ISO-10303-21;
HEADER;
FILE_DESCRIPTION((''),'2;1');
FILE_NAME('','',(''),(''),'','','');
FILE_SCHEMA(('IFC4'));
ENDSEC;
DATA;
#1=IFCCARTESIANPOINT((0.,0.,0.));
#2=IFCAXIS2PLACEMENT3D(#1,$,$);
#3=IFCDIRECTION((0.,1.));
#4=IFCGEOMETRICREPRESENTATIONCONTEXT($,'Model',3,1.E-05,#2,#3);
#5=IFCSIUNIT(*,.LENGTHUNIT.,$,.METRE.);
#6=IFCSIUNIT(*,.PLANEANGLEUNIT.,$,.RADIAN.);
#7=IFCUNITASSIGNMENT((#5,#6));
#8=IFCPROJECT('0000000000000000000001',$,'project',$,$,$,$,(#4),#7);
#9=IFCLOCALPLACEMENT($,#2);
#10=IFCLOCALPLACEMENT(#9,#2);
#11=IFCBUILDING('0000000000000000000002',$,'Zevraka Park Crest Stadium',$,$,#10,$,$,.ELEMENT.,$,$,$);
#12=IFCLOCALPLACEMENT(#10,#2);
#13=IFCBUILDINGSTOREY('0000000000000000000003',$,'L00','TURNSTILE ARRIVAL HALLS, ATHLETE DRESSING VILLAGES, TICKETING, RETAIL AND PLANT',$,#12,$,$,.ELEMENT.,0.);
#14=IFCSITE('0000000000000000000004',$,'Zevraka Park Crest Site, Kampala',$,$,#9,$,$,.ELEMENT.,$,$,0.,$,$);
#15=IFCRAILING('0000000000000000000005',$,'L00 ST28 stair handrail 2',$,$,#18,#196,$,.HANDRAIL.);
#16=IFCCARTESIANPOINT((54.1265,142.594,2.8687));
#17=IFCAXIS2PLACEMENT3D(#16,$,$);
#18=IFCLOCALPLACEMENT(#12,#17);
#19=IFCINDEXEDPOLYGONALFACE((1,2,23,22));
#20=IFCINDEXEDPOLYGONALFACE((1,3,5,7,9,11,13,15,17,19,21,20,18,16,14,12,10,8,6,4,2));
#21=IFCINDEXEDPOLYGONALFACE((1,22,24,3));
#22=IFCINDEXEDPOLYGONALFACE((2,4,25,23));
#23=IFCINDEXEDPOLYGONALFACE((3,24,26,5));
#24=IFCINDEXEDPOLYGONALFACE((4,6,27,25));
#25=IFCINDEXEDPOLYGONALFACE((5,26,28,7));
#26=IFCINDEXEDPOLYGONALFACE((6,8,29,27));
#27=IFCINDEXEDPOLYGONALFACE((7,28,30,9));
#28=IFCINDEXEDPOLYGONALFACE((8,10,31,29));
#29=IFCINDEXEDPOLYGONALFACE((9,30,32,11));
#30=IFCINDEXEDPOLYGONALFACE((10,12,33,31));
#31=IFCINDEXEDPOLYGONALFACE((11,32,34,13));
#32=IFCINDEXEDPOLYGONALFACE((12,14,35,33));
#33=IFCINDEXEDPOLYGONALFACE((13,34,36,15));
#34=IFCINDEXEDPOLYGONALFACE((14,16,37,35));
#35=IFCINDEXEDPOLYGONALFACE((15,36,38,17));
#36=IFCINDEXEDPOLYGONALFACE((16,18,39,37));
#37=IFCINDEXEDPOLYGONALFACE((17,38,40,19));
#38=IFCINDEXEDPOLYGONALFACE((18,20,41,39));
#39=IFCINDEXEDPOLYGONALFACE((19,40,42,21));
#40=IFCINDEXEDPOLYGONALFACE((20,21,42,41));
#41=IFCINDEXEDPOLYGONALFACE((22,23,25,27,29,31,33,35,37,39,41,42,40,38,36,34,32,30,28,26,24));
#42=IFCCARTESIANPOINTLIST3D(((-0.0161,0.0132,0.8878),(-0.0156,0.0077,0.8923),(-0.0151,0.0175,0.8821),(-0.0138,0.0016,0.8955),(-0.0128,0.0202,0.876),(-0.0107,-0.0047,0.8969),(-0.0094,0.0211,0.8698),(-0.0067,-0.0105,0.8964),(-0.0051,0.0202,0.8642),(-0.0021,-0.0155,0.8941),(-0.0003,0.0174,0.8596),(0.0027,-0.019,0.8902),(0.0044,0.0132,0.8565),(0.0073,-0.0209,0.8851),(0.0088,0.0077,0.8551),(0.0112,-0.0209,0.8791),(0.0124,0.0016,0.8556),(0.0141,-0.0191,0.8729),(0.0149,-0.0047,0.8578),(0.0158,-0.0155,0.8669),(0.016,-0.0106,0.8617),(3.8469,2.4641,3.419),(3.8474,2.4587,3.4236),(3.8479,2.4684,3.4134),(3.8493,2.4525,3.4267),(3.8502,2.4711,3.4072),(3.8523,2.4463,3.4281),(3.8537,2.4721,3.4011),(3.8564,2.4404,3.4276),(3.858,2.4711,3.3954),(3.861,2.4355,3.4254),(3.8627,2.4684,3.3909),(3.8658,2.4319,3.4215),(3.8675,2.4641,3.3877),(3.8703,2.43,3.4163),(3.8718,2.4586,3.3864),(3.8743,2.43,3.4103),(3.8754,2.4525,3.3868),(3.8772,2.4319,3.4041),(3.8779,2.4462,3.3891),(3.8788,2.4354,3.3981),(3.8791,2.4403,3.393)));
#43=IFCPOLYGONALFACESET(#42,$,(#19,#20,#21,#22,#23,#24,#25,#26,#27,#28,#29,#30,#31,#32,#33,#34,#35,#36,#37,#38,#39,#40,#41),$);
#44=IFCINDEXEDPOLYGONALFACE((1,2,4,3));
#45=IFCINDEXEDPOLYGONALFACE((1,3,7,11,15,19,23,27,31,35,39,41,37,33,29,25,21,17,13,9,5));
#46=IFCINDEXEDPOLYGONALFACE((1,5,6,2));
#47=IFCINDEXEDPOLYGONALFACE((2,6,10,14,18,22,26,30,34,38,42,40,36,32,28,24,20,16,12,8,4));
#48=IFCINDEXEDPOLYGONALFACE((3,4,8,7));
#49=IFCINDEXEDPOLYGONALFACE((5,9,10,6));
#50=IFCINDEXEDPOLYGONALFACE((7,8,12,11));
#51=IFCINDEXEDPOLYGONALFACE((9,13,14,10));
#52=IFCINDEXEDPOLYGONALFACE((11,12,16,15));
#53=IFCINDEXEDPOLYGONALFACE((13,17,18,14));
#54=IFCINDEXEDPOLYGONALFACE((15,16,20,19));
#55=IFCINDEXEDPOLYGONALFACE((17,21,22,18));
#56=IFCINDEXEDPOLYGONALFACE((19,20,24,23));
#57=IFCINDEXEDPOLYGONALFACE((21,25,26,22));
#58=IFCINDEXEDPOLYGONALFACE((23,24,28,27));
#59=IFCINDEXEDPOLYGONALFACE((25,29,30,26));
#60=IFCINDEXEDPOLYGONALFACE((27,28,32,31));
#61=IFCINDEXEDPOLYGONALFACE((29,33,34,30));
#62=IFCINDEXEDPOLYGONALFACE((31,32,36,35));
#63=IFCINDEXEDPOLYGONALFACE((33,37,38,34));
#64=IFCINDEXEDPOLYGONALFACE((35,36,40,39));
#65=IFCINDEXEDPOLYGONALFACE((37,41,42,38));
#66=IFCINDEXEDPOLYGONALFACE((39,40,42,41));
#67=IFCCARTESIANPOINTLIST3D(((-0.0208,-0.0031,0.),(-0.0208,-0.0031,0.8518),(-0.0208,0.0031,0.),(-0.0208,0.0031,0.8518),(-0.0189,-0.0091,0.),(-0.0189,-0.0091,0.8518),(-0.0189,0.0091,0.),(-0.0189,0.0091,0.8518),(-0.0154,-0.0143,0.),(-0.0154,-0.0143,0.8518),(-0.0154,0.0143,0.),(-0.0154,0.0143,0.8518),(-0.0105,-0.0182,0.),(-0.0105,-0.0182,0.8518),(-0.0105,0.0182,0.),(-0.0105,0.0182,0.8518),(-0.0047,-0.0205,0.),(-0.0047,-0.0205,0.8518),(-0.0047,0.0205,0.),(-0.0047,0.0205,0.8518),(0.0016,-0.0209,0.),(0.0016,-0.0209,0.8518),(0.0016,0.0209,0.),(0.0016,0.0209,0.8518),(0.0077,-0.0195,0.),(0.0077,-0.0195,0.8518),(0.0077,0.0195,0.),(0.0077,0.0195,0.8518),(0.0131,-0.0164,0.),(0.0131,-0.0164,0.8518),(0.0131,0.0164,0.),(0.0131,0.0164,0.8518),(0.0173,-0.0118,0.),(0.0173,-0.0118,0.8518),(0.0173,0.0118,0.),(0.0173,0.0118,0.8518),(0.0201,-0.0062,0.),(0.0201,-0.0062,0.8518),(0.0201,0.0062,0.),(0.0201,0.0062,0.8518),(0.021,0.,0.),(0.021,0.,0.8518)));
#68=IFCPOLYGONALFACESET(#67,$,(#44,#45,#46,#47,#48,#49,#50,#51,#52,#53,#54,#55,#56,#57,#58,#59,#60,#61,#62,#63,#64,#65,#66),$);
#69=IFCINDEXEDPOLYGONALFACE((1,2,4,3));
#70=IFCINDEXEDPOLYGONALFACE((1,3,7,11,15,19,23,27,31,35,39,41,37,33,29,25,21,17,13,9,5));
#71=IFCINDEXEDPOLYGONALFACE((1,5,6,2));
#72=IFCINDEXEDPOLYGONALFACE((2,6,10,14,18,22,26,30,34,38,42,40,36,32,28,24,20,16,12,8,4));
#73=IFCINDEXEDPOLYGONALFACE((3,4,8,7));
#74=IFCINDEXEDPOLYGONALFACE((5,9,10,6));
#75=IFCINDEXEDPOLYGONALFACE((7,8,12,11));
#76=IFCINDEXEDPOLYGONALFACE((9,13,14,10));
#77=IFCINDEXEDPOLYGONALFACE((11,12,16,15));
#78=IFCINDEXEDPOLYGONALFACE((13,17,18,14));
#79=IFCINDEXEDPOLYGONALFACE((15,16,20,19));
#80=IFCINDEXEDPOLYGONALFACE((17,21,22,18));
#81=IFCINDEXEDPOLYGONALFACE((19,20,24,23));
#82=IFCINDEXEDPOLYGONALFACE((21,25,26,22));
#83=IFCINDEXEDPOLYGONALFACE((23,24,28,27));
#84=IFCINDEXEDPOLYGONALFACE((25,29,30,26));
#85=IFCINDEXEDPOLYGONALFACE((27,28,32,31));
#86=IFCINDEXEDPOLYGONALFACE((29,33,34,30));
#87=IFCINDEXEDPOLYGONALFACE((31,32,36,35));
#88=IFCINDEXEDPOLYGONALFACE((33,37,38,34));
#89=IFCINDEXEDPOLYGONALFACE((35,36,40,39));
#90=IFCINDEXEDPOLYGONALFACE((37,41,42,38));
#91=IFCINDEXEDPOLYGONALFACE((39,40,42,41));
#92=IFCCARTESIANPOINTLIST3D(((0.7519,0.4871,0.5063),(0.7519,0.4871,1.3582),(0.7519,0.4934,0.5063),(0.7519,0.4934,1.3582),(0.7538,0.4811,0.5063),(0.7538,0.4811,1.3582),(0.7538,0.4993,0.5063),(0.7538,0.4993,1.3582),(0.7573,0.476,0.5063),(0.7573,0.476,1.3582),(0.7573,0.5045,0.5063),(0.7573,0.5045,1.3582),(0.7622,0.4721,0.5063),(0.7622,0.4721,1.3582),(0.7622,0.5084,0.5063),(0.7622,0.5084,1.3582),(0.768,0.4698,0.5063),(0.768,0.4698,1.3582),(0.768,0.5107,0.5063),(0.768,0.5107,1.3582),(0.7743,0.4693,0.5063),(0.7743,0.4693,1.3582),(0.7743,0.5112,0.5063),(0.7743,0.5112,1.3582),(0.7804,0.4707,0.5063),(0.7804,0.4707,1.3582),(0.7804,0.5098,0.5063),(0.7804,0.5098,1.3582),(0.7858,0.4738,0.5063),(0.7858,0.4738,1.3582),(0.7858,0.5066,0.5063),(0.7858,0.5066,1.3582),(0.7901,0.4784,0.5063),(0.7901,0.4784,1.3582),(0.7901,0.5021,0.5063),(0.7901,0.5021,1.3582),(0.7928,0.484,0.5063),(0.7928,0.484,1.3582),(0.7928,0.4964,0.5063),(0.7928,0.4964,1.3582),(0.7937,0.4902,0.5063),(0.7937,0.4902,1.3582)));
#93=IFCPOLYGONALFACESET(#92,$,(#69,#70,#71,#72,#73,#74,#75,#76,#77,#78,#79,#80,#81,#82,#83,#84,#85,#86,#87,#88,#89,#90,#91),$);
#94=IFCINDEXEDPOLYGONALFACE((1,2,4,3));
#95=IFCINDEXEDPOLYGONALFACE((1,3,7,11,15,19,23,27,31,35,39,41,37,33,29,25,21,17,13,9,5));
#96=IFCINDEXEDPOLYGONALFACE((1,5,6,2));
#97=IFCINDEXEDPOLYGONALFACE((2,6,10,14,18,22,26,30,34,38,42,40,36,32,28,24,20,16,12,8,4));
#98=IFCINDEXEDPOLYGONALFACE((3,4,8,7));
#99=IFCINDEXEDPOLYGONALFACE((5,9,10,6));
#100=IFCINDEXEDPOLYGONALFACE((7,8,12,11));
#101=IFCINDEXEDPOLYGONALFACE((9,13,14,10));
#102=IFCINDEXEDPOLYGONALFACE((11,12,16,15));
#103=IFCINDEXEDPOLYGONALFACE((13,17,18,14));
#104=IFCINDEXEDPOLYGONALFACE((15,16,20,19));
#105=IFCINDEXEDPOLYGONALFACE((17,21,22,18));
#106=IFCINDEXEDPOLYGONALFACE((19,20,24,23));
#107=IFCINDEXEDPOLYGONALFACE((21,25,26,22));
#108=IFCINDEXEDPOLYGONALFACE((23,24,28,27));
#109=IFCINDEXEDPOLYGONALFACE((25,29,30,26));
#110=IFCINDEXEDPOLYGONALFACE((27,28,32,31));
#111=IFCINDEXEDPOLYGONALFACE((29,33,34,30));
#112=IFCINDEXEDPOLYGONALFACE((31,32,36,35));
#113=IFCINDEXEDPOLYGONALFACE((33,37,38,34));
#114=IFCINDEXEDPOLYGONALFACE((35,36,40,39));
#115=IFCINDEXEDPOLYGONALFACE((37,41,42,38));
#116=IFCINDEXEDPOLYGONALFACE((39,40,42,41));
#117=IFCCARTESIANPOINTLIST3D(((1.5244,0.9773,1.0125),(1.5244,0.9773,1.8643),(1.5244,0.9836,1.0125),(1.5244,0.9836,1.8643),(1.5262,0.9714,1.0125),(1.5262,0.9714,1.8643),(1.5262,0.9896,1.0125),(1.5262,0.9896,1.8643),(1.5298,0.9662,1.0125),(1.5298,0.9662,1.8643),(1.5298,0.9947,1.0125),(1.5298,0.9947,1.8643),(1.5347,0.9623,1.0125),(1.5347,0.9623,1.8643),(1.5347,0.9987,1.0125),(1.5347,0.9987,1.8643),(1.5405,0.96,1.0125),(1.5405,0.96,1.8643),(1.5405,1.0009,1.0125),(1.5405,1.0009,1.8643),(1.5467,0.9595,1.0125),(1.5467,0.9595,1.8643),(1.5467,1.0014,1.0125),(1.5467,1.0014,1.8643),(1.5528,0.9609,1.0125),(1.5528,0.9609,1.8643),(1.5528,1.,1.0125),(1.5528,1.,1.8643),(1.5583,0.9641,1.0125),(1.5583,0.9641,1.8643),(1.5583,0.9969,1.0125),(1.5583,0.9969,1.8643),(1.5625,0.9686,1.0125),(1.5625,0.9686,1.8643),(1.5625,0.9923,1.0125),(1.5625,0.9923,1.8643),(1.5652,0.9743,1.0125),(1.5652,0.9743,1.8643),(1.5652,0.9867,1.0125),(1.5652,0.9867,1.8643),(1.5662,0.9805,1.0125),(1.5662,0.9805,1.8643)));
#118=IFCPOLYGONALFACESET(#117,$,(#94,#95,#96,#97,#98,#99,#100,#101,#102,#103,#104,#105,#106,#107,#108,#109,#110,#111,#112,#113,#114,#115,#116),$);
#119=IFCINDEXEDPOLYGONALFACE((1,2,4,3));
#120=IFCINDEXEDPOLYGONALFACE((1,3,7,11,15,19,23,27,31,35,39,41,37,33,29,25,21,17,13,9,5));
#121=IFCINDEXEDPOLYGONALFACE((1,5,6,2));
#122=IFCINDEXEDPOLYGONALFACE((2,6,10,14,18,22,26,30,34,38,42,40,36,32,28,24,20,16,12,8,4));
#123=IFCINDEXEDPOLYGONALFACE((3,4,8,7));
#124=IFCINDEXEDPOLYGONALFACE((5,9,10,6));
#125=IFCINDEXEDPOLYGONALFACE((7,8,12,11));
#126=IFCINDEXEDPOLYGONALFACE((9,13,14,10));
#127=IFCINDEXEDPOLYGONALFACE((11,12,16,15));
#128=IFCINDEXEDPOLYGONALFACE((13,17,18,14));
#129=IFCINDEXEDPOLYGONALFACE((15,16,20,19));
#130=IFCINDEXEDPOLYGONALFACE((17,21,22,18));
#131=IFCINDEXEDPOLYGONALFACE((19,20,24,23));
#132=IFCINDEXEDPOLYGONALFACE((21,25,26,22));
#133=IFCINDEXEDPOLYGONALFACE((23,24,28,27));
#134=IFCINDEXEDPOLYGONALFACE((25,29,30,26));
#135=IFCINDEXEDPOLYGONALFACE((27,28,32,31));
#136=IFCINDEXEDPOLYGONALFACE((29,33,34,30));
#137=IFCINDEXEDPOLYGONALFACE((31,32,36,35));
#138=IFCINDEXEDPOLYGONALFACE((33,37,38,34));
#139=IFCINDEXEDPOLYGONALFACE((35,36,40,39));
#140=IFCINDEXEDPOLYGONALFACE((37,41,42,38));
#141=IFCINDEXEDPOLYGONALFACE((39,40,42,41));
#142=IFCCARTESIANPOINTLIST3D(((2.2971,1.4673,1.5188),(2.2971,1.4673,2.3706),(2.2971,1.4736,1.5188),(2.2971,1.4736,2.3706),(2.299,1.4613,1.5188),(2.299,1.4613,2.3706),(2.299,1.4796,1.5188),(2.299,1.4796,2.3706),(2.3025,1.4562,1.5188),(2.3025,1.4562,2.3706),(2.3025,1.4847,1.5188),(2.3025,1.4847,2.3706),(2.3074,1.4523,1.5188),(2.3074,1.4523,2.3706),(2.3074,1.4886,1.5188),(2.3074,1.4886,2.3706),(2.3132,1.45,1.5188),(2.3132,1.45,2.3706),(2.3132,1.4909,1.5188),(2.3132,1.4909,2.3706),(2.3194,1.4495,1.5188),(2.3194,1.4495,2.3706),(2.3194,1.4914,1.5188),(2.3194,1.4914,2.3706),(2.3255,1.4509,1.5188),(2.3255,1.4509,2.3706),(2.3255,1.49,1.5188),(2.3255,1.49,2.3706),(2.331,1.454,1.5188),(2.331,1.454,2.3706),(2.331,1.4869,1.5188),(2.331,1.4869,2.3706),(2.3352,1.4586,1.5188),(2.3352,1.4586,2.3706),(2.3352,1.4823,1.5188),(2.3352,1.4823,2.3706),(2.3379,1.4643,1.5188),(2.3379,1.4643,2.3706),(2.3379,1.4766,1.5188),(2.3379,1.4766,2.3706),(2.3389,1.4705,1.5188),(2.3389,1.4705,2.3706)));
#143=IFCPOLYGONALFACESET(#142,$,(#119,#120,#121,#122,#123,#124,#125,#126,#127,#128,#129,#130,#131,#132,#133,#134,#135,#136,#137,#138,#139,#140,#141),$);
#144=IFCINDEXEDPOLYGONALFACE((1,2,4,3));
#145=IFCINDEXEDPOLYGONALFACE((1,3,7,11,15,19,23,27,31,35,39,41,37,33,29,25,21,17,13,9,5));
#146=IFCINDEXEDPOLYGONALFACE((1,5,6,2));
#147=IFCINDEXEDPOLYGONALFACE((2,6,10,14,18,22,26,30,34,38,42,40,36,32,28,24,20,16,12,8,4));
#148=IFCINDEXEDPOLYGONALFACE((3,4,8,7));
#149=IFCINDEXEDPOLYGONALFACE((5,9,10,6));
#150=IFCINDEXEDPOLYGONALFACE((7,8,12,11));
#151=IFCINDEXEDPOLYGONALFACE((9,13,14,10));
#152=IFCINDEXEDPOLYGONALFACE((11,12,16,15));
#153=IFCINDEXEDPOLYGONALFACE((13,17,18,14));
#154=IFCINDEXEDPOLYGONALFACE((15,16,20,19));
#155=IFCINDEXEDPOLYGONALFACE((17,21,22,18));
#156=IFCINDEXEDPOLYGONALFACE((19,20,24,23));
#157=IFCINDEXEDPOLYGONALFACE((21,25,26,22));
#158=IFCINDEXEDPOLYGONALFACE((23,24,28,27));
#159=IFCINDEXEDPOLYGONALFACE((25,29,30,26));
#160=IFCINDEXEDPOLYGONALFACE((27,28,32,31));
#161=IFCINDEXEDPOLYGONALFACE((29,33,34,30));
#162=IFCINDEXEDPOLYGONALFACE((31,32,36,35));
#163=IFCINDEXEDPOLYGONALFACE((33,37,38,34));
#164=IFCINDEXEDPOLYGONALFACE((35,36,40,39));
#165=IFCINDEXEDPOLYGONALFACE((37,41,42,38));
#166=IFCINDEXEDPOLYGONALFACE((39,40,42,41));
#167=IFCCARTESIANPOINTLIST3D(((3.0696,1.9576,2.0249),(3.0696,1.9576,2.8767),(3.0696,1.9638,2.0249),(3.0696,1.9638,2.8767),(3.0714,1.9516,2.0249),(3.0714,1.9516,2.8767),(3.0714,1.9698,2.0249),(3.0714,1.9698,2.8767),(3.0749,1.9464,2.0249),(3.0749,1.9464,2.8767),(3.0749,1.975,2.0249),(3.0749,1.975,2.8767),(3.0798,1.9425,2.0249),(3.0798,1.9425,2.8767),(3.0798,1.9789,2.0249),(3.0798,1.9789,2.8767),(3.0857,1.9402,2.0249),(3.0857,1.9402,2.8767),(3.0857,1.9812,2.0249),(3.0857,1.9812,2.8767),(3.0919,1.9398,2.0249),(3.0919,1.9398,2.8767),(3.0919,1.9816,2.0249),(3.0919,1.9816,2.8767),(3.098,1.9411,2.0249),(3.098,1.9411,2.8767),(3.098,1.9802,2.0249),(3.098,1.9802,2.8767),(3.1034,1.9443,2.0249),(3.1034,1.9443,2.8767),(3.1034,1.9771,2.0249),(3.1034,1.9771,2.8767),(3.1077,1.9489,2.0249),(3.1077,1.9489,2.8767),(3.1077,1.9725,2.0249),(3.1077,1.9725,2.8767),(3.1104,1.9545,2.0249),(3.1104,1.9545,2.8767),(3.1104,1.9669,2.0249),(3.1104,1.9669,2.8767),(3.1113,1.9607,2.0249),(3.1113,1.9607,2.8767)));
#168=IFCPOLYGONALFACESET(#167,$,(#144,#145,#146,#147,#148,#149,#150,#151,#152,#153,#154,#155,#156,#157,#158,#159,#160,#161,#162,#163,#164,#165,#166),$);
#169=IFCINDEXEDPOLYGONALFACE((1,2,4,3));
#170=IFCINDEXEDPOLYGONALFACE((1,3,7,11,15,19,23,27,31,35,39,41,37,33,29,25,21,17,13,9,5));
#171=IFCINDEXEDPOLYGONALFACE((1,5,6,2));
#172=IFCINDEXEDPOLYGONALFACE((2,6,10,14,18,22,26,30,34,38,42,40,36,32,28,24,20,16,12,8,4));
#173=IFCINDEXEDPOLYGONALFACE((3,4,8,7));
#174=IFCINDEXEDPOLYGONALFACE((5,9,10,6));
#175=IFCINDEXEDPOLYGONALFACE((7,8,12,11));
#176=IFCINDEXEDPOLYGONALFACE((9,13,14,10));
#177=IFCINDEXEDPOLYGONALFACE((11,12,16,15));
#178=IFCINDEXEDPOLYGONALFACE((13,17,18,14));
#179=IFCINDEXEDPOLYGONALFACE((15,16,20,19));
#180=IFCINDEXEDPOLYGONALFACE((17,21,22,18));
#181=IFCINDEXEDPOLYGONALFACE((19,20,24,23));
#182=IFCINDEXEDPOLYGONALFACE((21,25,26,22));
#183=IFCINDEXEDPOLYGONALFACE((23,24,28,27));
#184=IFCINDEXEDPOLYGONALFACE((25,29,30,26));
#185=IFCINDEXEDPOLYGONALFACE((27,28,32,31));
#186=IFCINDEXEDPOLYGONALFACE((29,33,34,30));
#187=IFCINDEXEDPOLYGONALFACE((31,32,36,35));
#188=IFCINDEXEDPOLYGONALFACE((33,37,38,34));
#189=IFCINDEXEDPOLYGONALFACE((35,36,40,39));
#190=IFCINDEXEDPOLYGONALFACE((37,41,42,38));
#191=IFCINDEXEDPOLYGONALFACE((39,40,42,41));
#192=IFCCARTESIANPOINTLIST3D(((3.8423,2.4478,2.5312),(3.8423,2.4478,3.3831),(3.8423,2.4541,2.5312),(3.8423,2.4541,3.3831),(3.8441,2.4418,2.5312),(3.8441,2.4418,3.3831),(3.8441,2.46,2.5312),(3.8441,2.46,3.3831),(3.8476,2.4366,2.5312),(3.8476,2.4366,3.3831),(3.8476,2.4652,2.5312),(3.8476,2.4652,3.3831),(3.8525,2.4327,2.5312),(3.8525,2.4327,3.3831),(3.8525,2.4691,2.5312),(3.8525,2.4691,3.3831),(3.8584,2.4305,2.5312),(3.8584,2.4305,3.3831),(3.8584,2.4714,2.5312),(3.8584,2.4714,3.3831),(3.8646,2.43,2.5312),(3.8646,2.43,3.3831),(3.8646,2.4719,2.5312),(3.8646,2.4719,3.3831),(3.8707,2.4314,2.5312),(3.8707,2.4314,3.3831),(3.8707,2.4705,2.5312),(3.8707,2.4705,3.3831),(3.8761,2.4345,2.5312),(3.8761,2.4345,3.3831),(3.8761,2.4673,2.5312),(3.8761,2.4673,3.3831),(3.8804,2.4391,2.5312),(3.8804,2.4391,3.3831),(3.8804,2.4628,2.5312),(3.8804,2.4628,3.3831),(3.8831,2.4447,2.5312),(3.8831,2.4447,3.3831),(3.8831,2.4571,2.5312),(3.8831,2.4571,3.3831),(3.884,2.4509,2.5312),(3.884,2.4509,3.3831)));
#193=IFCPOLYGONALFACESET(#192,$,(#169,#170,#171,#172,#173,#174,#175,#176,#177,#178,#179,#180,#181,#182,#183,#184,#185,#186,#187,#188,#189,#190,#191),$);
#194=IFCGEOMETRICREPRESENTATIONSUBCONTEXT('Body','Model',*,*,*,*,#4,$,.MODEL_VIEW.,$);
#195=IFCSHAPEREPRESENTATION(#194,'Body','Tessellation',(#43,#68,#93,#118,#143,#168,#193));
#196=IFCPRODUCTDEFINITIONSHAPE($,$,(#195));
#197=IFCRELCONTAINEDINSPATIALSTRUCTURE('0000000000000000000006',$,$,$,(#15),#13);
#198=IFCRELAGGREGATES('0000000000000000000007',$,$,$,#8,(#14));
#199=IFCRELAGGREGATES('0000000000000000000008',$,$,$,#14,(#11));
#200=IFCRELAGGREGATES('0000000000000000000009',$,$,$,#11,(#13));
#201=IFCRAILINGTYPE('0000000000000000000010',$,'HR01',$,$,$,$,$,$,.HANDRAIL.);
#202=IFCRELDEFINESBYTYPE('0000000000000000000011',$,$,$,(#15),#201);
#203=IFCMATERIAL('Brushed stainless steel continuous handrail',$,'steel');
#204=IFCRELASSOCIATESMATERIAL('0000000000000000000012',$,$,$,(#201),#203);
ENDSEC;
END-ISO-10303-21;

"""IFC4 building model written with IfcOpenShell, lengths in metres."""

from ifc_helpers import new_model, si_unit, direction, frame, origin, origin_2d, place, context, subcontext, project, spatial, circle, extrude, material, type_object, element, save


model = new_model("IFC4")

# Units and contexts
model_context = context("Model", 3, precision=1e-05, world=origin(), true_north=direction((0.0, 1.0)))
body_context = subcontext(model_context, "Body", "Model", "MODEL_VIEW")
ifc_project = project(units=[si_unit("LENGTHUNIT", "METRE"), si_unit("PLANEANGLEUNIT", "RADIAN")], contexts=[model_context])

# Site, building, storey
site_placement = place(None, origin())
site = spatial("IfcSite", under=ifc_project, at=site_placement, Name="Zevraka Park Crest Site, Kampala", CompositionType="ELEMENT", RefElevation=0.0)
building_placement = place(site_placement, origin())
building = spatial("IfcBuilding", under=site, at=building_placement, Name="Zevraka Park Crest Stadium", CompositionType="ELEMENT")
storey_placement = place(building_placement, origin())
storey = spatial("IfcBuildingStorey", under=building, at=storey_placement, Name="L00", Description="TURNSTILE ARRIVAL HALLS, ATHLETE DRESSING VILLAGES, TICKETING, RETAIL AND PLANT", CompositionType="ELEMENT", Elevation=0.0)

# Railing
ifc_material_1 = material(Name="Brushed stainless steel continuous handrail", Category="steel")
railing_type_1 = type_object("IfcRailingType", Name="HR01", PredefinedType="HANDRAIL", material=ifc_material_1)
railing_1_placement = place(storey_placement, frame((54.1265, 142.594, 2.8687)))
element("IfcRailing", 1, at=railing_1_placement, inside=storey, type_object=railing_type_1, Name="L00 ST28 stair handrail 2", PredefinedType="HANDRAIL", context=body_context, shape_type="SweptSolid", body=[
    extrude(circle(Radius=0.0239, at=origin_2d()), frame((0.0, 0.0, 0.876), z_axis=(0.738841, 0.468762, 0.484124), x_axis=(-0.535729, 0.84439, 0.0)), (0.0, 0.0, 1.0), 5.2285),
    extrude(circle(Radius=0.021, at=origin_2d()), origin(), (0.0, 0.0, 1.0), 0.8518),
    extrude(circle(Radius=0.021, at=origin_2d()), frame((0.7727, 0.4902, 0.5063)), (0.0, 0.0, 1.0), 0.8518),
    extrude(circle(Radius=0.021, at=origin_2d()), frame((1.5452, 0.9805, 1.0125)), (0.0, 0.0, 1.0), 0.8518),
    extrude(circle(Radius=0.021, at=origin_2d()), frame((2.3179, 1.4705, 1.5188)), (0.0, 0.0, 1.0), 0.8518),
    extrude(circle(Radius=0.021, at=origin_2d()), frame((3.0903, 1.9607, 2.0249)), (0.0, 0.0, 1.0), 0.8518),
    extrude(circle(Radius=0.021, at=origin_2d()), frame((3.863, 2.4509, 2.5312)), (0.0, 0.0, 1.0), 0.8518),
])

save(model, "model.ifc")
